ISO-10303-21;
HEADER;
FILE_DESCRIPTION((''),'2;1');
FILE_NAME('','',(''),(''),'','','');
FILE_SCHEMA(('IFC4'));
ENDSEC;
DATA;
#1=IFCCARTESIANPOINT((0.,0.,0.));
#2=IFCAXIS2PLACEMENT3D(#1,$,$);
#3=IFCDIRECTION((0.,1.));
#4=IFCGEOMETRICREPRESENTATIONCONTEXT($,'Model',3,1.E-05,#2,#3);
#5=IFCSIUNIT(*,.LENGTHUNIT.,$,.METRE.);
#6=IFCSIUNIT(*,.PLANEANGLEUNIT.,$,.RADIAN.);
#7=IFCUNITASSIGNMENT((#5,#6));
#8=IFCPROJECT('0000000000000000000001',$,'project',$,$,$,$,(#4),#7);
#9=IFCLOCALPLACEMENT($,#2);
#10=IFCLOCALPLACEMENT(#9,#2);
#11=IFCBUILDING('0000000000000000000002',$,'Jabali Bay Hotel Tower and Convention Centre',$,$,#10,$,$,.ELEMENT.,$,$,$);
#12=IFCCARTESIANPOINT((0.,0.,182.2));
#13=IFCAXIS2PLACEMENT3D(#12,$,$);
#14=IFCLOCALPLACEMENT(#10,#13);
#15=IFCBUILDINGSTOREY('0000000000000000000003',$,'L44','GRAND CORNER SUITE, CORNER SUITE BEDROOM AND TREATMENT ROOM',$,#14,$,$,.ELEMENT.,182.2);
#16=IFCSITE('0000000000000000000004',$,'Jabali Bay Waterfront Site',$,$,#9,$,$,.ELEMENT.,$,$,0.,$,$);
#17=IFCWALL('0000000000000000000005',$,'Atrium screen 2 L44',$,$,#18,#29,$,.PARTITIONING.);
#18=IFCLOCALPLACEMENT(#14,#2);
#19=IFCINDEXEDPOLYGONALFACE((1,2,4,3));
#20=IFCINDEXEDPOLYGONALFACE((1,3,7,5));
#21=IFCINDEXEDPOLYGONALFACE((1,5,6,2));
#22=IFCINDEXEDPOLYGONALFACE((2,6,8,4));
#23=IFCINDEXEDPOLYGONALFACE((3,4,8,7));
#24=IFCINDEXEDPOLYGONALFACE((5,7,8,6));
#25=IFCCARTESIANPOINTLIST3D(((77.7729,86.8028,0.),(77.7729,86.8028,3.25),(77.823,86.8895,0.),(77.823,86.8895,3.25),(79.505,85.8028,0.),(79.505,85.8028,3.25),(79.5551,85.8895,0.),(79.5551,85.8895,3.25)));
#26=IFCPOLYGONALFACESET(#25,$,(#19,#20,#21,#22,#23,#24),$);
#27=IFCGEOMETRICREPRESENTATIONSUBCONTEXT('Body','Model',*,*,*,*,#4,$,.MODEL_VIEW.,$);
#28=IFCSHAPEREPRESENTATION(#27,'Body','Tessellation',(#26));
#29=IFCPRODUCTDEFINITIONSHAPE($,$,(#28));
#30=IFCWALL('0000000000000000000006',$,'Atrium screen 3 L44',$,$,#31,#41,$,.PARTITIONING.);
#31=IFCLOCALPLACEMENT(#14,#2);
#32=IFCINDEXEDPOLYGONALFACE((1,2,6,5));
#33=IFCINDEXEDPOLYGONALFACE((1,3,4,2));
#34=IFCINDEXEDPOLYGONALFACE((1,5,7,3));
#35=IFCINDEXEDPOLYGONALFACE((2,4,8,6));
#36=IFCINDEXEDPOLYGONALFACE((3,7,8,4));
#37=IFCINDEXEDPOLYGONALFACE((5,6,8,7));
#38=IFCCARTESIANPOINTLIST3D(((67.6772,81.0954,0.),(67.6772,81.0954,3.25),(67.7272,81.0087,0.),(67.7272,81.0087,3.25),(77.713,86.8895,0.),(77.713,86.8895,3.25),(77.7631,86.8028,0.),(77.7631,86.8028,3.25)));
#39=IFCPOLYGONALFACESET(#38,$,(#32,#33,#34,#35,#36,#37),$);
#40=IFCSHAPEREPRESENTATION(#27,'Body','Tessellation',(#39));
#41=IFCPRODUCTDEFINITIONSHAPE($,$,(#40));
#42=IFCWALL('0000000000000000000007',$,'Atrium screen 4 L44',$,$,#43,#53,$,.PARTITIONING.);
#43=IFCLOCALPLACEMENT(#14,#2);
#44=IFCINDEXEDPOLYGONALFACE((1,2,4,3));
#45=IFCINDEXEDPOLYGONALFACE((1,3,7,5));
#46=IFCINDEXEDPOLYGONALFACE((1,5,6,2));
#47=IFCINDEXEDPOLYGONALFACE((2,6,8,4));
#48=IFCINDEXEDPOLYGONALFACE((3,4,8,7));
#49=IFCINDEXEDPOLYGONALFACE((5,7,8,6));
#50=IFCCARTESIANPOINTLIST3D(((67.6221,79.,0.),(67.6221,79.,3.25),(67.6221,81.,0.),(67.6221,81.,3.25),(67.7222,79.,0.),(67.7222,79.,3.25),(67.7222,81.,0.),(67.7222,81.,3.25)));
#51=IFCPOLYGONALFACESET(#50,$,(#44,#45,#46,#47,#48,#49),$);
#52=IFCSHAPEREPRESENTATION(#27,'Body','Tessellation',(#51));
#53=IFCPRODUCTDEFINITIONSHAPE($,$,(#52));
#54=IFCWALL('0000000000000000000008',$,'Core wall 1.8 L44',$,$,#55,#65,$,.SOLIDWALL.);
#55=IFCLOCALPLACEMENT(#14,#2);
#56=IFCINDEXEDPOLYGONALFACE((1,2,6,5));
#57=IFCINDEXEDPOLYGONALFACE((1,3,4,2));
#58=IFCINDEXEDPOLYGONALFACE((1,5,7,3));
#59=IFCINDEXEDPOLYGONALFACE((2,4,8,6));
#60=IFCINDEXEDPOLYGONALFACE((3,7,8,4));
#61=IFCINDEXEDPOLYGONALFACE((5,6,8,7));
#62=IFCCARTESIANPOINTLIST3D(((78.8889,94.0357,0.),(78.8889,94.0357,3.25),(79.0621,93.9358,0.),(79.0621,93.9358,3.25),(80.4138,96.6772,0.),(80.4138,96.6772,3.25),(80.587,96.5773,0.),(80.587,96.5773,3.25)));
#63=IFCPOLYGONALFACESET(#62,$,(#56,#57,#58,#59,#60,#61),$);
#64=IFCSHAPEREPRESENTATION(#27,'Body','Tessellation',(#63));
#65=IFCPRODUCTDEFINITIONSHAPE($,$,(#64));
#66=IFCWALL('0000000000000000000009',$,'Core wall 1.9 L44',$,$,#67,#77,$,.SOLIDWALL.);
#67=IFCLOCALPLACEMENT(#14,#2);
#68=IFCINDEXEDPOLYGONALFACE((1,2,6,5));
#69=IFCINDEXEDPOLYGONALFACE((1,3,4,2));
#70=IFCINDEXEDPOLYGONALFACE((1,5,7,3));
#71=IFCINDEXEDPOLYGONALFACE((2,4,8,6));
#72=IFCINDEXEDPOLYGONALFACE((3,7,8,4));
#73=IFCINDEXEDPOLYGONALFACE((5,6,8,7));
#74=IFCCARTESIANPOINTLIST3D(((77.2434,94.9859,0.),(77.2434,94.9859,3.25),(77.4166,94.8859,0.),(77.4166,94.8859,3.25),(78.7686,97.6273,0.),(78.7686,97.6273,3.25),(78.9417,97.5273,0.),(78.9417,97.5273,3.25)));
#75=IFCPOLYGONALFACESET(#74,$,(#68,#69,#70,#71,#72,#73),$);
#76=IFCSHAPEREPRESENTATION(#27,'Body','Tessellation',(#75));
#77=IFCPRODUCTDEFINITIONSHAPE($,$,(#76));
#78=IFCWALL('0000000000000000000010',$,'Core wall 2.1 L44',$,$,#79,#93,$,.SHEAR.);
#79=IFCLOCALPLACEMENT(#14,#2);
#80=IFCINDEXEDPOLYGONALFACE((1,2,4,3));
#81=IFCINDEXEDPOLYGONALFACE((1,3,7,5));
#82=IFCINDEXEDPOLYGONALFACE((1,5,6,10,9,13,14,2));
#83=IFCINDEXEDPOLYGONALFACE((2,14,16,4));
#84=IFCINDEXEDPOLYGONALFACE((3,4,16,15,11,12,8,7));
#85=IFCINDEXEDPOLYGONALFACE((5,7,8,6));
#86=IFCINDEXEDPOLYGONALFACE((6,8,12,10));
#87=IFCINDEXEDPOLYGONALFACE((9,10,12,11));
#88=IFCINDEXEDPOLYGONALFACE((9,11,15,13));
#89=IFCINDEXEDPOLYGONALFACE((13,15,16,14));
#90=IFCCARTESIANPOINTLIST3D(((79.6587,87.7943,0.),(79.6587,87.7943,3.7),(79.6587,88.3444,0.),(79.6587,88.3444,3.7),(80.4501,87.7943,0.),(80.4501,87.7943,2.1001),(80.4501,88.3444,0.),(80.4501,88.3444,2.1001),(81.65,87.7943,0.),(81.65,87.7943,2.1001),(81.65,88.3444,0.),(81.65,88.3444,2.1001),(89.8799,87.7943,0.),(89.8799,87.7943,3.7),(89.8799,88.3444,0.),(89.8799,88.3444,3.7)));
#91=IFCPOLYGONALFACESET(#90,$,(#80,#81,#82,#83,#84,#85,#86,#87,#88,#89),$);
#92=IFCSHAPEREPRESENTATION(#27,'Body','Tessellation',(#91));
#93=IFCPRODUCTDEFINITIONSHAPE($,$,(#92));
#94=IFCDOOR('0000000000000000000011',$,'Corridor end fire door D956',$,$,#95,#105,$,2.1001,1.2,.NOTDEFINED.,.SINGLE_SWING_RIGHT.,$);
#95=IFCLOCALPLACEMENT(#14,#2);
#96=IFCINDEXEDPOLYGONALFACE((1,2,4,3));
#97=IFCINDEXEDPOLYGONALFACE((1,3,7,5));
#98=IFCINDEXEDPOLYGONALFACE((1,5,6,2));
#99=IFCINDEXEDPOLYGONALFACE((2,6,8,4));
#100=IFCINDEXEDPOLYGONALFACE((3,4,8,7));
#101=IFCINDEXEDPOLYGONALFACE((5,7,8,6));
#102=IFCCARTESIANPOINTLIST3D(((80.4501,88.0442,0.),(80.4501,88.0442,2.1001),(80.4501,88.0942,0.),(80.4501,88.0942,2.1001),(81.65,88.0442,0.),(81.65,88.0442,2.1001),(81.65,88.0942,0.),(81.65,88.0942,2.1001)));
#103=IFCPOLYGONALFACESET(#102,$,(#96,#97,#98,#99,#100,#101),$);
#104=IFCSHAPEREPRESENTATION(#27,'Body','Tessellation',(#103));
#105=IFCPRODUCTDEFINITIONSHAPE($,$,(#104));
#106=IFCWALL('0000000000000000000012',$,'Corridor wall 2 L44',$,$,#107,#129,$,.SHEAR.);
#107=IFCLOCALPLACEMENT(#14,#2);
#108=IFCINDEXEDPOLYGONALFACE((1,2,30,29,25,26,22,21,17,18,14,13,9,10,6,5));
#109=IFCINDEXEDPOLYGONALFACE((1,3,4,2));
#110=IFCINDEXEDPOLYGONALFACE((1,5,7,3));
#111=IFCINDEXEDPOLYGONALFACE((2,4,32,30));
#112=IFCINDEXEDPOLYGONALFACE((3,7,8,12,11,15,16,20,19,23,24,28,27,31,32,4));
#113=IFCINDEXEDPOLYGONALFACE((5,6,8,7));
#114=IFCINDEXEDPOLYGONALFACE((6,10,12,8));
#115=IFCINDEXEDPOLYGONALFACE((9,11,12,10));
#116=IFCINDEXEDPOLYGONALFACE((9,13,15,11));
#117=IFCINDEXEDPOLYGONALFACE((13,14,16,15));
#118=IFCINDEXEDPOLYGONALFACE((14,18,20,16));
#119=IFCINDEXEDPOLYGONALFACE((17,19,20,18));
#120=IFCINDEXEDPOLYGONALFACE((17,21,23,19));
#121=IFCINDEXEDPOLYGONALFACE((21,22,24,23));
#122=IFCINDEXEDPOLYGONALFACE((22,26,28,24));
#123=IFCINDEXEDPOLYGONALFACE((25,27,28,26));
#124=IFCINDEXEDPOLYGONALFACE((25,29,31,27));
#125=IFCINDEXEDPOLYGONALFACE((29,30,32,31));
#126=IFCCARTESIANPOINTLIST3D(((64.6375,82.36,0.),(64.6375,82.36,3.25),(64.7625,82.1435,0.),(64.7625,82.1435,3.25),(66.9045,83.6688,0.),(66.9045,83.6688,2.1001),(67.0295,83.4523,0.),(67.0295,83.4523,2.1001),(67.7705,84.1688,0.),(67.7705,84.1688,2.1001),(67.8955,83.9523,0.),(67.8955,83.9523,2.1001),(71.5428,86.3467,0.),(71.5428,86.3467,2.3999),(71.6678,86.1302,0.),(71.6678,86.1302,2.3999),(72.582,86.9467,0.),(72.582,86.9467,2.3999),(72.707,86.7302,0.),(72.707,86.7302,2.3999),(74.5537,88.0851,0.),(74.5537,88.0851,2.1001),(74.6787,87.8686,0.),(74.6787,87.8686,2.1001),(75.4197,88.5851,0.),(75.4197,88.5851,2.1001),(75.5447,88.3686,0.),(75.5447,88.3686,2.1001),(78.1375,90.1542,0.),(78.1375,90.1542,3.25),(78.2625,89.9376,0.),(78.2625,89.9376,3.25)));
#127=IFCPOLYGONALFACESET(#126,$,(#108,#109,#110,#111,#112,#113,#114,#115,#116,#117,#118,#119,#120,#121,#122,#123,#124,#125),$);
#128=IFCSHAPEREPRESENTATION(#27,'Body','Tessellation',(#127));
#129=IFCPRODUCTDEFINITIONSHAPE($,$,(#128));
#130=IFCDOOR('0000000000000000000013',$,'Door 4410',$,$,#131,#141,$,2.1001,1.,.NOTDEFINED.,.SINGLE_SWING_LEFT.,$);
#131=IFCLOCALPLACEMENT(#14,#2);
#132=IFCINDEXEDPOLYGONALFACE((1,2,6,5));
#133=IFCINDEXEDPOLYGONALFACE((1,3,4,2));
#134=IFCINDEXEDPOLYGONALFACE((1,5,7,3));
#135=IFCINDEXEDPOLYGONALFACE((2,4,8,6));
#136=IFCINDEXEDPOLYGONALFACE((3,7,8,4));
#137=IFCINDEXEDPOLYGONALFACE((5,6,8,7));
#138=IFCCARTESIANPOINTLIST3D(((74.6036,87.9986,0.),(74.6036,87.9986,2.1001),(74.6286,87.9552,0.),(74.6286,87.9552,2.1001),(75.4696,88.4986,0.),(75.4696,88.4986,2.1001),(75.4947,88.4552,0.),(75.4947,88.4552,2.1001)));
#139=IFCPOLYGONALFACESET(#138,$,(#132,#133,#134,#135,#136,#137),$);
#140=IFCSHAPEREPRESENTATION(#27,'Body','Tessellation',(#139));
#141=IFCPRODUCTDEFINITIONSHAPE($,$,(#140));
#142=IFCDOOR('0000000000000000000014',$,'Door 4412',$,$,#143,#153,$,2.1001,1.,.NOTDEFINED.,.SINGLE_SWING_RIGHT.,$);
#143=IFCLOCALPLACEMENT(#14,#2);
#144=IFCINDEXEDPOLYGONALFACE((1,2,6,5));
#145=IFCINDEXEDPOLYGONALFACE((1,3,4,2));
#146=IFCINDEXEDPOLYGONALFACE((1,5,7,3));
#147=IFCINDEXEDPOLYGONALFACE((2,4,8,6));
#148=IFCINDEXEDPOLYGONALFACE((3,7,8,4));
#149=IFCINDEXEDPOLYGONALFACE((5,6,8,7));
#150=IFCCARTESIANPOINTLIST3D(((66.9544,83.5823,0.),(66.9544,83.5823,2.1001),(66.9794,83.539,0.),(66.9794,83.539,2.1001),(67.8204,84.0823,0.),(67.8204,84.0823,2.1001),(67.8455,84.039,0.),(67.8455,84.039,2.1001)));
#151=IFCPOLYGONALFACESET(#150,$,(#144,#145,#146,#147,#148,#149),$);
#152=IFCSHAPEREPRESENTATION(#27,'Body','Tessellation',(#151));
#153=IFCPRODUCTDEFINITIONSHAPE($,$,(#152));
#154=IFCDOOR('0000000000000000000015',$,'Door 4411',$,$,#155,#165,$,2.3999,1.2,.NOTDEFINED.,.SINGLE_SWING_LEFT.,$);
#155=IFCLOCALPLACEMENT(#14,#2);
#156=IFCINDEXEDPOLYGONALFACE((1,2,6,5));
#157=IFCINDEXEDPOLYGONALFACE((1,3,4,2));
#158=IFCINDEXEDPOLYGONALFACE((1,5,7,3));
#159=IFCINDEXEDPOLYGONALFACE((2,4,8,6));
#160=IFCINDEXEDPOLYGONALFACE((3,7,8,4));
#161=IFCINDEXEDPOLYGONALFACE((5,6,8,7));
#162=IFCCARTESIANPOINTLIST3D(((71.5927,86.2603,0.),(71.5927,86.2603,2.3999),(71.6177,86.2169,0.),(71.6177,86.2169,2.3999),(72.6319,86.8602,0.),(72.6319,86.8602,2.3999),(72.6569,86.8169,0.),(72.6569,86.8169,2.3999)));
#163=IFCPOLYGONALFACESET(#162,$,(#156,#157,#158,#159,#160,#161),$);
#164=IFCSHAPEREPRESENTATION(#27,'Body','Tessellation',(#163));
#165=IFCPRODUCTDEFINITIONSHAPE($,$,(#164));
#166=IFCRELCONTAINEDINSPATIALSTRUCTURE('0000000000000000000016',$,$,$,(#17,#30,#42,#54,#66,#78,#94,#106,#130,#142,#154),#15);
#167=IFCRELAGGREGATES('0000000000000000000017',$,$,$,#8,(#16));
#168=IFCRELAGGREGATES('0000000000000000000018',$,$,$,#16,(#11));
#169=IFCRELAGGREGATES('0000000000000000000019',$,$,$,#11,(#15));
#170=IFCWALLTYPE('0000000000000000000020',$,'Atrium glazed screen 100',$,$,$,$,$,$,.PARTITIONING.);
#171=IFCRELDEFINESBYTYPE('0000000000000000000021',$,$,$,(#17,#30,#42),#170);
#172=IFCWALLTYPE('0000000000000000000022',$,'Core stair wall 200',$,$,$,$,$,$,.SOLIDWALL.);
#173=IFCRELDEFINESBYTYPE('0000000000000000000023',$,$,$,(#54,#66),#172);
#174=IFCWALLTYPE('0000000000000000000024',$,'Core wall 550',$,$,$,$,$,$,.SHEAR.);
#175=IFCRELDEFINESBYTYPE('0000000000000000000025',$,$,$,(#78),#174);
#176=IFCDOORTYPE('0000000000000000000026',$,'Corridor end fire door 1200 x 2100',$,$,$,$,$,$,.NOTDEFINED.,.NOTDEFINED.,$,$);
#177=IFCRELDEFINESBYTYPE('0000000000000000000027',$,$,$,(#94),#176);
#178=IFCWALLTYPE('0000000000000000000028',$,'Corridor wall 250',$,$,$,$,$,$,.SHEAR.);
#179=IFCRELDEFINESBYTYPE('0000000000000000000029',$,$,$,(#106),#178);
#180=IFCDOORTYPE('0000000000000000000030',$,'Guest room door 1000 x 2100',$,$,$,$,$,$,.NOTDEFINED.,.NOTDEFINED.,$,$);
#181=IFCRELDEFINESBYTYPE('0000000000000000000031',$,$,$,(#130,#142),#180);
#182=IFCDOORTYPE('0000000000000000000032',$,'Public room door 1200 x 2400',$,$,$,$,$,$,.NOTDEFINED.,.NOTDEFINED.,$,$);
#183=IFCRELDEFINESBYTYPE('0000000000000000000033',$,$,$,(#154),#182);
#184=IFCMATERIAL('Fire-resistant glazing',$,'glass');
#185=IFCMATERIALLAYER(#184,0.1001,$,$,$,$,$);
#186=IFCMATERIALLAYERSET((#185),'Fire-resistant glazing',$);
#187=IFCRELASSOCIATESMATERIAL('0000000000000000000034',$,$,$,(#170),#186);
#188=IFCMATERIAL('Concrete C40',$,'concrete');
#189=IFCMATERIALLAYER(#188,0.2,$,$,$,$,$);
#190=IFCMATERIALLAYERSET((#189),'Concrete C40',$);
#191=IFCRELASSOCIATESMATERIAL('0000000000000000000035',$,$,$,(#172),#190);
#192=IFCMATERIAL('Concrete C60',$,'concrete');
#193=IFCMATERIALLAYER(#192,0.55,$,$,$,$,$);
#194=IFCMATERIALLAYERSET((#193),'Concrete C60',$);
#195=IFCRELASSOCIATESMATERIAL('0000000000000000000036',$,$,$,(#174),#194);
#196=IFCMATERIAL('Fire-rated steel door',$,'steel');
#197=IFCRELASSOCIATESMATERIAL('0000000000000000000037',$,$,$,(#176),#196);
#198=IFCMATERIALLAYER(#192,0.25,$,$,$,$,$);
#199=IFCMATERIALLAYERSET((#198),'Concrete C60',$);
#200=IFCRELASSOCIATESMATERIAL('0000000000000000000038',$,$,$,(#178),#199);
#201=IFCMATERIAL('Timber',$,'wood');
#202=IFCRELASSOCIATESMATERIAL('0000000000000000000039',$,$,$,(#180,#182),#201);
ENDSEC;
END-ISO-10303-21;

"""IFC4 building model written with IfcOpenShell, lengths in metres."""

from ifc_helpers import new_model, si_unit, direction, frame, frame_2d, origin, place, context, subcontext, project, spatial, rectangle, extrude, material, layer, layer_set, type_object, element, fill, save


model = new_model("IFC4")

# Units and contexts
model_context = context("Model", 3, precision=1e-05, world=origin(), true_north=direction((0.0, 1.0)))
body_context = subcontext(model_context, "Body", "Model", "MODEL_VIEW")
ifc_project = project(units=[si_unit("LENGTHUNIT", "METRE"), si_unit("PLANEANGLEUNIT", "RADIAN")], contexts=[model_context])

# Site, building, storey
site_placement = place(None, origin())
site = spatial("IfcSite", under=ifc_project, at=site_placement, Name="Jabali Bay Waterfront Site", CompositionType="ELEMENT", RefElevation=0.0)
building_placement = place(site_placement, origin())
building = spatial("IfcBuilding", under=site, at=building_placement, Name="Jabali Bay Hotel Tower and Convention Centre", CompositionType="ELEMENT")
storey_placement = place(building_placement, frame((0.0, 0.0, 182.2)))
storey = spatial("IfcBuildingStorey", under=building, at=storey_placement, Name="L44", Description="GRAND CORNER SUITE, CORNER SUITE BEDROOM AND TREATMENT ROOM", CompositionType="ELEMENT", Elevation=182.2)

# Walls
ifc_material_1 = material(Name="Fire-resistant glazing", Category="glass")
ifc_layer_1 = layer(ifc_material_1, 0.1001)
ifc_layer_set_1 = layer_set([ifc_layer_1], Name="Fire-resistant glazing")
wall_type_1 = type_object("IfcWallType", Name="Atrium glazed screen 100", PredefinedType="PARTITIONING", material=ifc_layer_set_1)
wall_1_placement = place(storey_placement, frame((79.53, 85.8462, 0.0), z_axis=(0.0, 0.0, 1.0), x_axis=(-0.866041, 0.499973, 0.0)))
element("IfcWall", 1, at=wall_1_placement, inside=storey, type_object=wall_type_1, Name="Atrium screen 2 L44", PredefinedType="PARTITIONING", context=body_context, shape_type="SweptSolid", body=[
    extrude(rectangle(XDim=2.0, YDim=0.1001, at=frame_2d((1.0, 0.0))), origin(), (0.0, 0.0, 1.0), 3.25),
])
wall_2_placement = place(storey_placement, frame((77.738, 86.8462, 0.0), z_axis=(0.0, 0.0, 1.0), x_axis=(-0.866027, -0.499998, 0.0)))
element("IfcWall", 2, at=wall_2_placement, inside=storey, type_object=wall_type_1, Name="Atrium screen 3 L44", PredefinedType="PARTITIONING", context=body_context, shape_type="SweptSolid", body=[
    extrude(rectangle(XDim=11.5884, YDim=0.1001, at=frame_2d((5.7942, 0.0))), origin(), (0.0, 0.0, 1.0), 3.25),
])
wall_3_placement = place(storey_placement, frame((67.6721, 81.0, 0.0), z_axis=(0.0, 0.0, 1.0), x_axis=(0.0, -1.0, 0.0)))
element("IfcWall", 3, at=wall_3_placement, inside=storey, type_object=wall_type_1, Name="Atrium screen 4 L44", PredefinedType="PARTITIONING", context=body_context, shape_type="SweptSolid", body=[
    extrude(rectangle(XDim=2.0, YDim=0.1001, at=frame_2d((1.0, 0.0))), origin(), (0.0, 0.0, 1.0), 3.25),
])
ifc_material_2 = material(Name="Concrete C40", Category="concrete")
ifc_layer_2 = layer(ifc_material_2, 0.2)
ifc_layer_set_2 = layer_set([ifc_layer_2], Name="Concrete C40")
wall_type_2 = type_object("IfcWallType", Name="Core stair wall 200", PredefinedType="SOLIDWALL", material=ifc_layer_set_2)
for number, where, z_axis, x_axis, name in (
    (4, (78.9756, 93.9858, 0.0), (0.0, 0.0, 1.0), (0.499944, 0.866058, 0.0), "Core wall 1.8 L44"),
    (5, (77.3301, 94.936, 0.0), (0.0, 0.0, 1.0), (0.500039, 0.866003, 0.0), "Core wall 1.9 L44"),
):
    element("IfcWall", number, at=place(storey_placement, frame(where, z_axis=z_axis, x_axis=x_axis)), inside=storey, type_object=wall_type_2, Name=name, PredefinedType="SOLIDWALL", context=body_context, shape_type="SweptSolid", body=[
        extrude(rectangle(XDim=3.05, YDim=0.2, at=frame_2d((1.5249, 0.0))), origin(), (0.0, 0.0, 1.0), 3.25),
    ])

# Wall, opening, door
ifc_material_3 = material(Name="Concrete C60", Category="concrete")
ifc_layer_3 = layer(ifc_material_3, 0.55)
ifc_layer_set_3 = layer_set([ifc_layer_3], Name="Concrete C60")
wall_type_3 = type_object("IfcWallType", Name="Core wall 550", PredefinedType="SHEAR", material=ifc_layer_set_3)
wall_4_placement = place(storey_placement, frame((79.6587, 88.0693, 0.0), z_axis=(0.0, 0.0, 1.0), x_axis=(1.0, 0.0, 0.0)))
wall_4 = element("IfcWall", 6, at=wall_4_placement, inside=storey, type_object=wall_type_3, Name="Core wall 2.1 L44", PredefinedType="SHEAR", context=body_context, shape_type="SweptSolid", body=[
    extrude(rectangle(XDim=10.2212, YDim=0.55, at=frame_2d((5.1106, 0.0))), origin(), (0.0, 0.0, 1.0), 3.7),
])
opening_1_placement = place(wall_4_placement, frame((0.7913, 0.0, 0.0)))
opening_1 = element("IfcOpeningElement", 7, at=opening_1_placement, cuts=wall_4, PredefinedType="OPENING", context=body_context, shape_type="SweptSolid", body=[
    extrude(rectangle(XDim=1.2, YDim=2.1001, at=frame_2d((0.6001, 1.05))), frame((0.0, 0.2856, 0.0), z_axis=(0.0, -1.0, 0.0), x_axis=(1.0, 0.0, 0.0)), (0.0, 0.0, 1.0), 0.571),
])
ifc_material_4 = material(Name="Fire-rated steel door", Category="steel")
door_type_1 = type_object("IfcDoorType", Name="Corridor end fire door 1200 x 2100", OperationType="NOTDEFINED", PredefinedType="NOTDEFINED", material=ifc_material_4)
door_1_placement = place(opening_1_placement, origin())
door_1 = element("IfcDoor", 8, at=door_1_placement, inside=storey, type_object=door_type_1, Name="Corridor end fire door D956", OperationType="SINGLE_SWING_RIGHT", OverallHeight=2.1001, OverallWidth=1.2, PredefinedType="NOTDEFINED", context=body_context, shape_type="SweptSolid", body=[
    extrude(rectangle(XDim=1.2, YDim=2.1001, at=frame_2d((0.6001, 1.05))), frame((0.0, 0.0249, 0.0), z_axis=(0.0, -1.0, 0.0), x_axis=(1.0, 0.0, 0.0)), (0.0, 0.0, 1.0), 0.05),
])
fill(opening_1, door_1)

# Wall, openings, doors
ifc_layer_4 = layer(ifc_material_3, 0.25)
ifc_layer_set_4 = layer_set([ifc_layer_4], Name="Concrete C60")
wall_type_4 = type_object("IfcWallType", Name="Corridor wall 250", PredefinedType="SHEAR", material=ifc_layer_set_4)
wall_5_placement = place(storey_placement, frame((78.2, 90.0459, 0.0), z_axis=(0.0, 0.0, 1.0), x_axis=(-0.866026, -0.499998, 0.0)))
wall_5 = element("IfcWall", 9, at=wall_5_placement, inside=storey, type_object=wall_type_4, Name="Corridor wall 2 L44", PredefinedType="SHEAR", context=body_context, shape_type="SweptSolid", body=[
    extrude(rectangle(XDim=15.5884, YDim=0.25, at=frame_2d((7.7942, 0.0))), origin(), (0.0, 0.0, 1.0), 3.25),
])
opening_2_placement = place(wall_5_placement, frame((3.1382, 0.0, 0.0)))
opening_2 = element("IfcOpeningElement", 10, at=opening_2_placement, cuts=wall_5, PredefinedType="OPENING", context=body_context, shape_type="SweptSolid", body=[
    extrude(rectangle(XDim=1.0, YDim=2.1001, at=frame_2d((0.5, 1.05))), frame((0.0, 0.1355, 0.0), z_axis=(0.0, -1.0, 0.0), x_axis=(1.0, 0.0, 0.0)), (0.0, 0.0, 1.0), 0.271),
])
opening_3_placement = place(wall_5_placement, frame((6.4148, 0.0, 0.0)))
opening_3 = element("IfcOpeningElement", 11, at=opening_3_placement, cuts=wall_5, PredefinedType="OPENING", context=body_context, shape_type="SweptSolid", body=[
    extrude(rectangle(XDim=1.2, YDim=2.3999, at=frame_2d((0.6001, 1.2))), frame((0.0, 0.1355, 0.0), z_axis=(0.0, -1.0, 0.0), x_axis=(1.0, 0.0, 0.0)), (0.0, 0.0, 1.0), 0.271),
])
opening_4_placement = place(wall_5_placement, frame((11.9707, 0.0, 0.0)))
opening_4 = element("IfcOpeningElement", 12, at=opening_4_placement, cuts=wall_5, PredefinedType="OPENING", context=body_context, shape_type="SweptSolid", body=[
    extrude(rectangle(XDim=1.0, YDim=2.1001, at=frame_2d((0.5, 1.05))), frame((0.0, 0.1355, 0.0), z_axis=(0.0, -1.0, 0.0), x_axis=(1.0, 0.0, 0.0)), (0.0, 0.0, 1.0), 0.271),
])
ifc_material_5 = material(Name="Timber", Category="wood")
door_type_2 = type_object("IfcDoorType", Name="Guest room door 1000 x 2100", OperationType="NOTDEFINED", PredefinedType="NOTDEFINED", material=ifc_material_5)
door_2_placement = place(opening_2_placement, origin())
door_2 = element("IfcDoor", 13, at=door_2_placement, inside=storey, type_object=door_type_2, Name="Door 4410", OperationType="SINGLE_SWING_LEFT", OverallHeight=2.1001, OverallWidth=1.0, PredefinedType="NOTDEFINED", context=body_context, shape_type="SweptSolid", body=[
    extrude(rectangle(XDim=1.0, YDim=2.1001, at=frame_2d((0.5, 1.05))), frame((0.0, 0.0249, 0.0), z_axis=(0.0, -1.0, 0.0), x_axis=(1.0, 0.0, 0.0)), (0.0, 0.0, 1.0), 0.05),
])
fill(opening_2, door_2)
door_3_placement = place(opening_4_placement, origin())
door_3 = element("IfcDoor", 14, at=door_3_placement, inside=storey, type_object=door_type_2, Name="Door 4412", OperationType="SINGLE_SWING_RIGHT", OverallHeight=2.1001, OverallWidth=1.0, PredefinedType="NOTDEFINED", context=body_context, shape_type="SweptSolid", body=[
    extrude(rectangle(XDim=1.0, YDim=2.1001, at=frame_2d((0.5, 1.05))), frame((0.0, 0.0249, 0.0), z_axis=(0.0, -1.0, 0.0), x_axis=(1.0, 0.0, 0.0)), (0.0, 0.0, 1.0), 0.05),
])
fill(opening_4, door_3)
door_type_3 = type_object("IfcDoorType", Name="Public room door 1200 x 2400", OperationType="NOTDEFINED", PredefinedType="NOTDEFINED", material=ifc_material_5)
door_4_placement = place(opening_3_placement, origin())
door_4 = element("IfcDoor", 15, at=door_4_placement, inside=storey, type_object=door_type_3, Name="Door 4411", OperationType="SINGLE_SWING_LEFT", OverallHeight=2.3999, OverallWidth=1.2, PredefinedType="NOTDEFINED", context=body_context, shape_type="SweptSolid", body=[
    extrude(rectangle(XDim=1.2, YDim=2.3999, at=frame_2d((0.6001, 1.2))), frame((0.0, 0.0249, 0.0), z_axis=(0.0, -1.0, 0.0), x_axis=(1.0, 0.0, 0.0)), (0.0, 0.0, 1.0), 0.05),
])
fill(opening_3, door_4)

save(model, "model.ifc")
